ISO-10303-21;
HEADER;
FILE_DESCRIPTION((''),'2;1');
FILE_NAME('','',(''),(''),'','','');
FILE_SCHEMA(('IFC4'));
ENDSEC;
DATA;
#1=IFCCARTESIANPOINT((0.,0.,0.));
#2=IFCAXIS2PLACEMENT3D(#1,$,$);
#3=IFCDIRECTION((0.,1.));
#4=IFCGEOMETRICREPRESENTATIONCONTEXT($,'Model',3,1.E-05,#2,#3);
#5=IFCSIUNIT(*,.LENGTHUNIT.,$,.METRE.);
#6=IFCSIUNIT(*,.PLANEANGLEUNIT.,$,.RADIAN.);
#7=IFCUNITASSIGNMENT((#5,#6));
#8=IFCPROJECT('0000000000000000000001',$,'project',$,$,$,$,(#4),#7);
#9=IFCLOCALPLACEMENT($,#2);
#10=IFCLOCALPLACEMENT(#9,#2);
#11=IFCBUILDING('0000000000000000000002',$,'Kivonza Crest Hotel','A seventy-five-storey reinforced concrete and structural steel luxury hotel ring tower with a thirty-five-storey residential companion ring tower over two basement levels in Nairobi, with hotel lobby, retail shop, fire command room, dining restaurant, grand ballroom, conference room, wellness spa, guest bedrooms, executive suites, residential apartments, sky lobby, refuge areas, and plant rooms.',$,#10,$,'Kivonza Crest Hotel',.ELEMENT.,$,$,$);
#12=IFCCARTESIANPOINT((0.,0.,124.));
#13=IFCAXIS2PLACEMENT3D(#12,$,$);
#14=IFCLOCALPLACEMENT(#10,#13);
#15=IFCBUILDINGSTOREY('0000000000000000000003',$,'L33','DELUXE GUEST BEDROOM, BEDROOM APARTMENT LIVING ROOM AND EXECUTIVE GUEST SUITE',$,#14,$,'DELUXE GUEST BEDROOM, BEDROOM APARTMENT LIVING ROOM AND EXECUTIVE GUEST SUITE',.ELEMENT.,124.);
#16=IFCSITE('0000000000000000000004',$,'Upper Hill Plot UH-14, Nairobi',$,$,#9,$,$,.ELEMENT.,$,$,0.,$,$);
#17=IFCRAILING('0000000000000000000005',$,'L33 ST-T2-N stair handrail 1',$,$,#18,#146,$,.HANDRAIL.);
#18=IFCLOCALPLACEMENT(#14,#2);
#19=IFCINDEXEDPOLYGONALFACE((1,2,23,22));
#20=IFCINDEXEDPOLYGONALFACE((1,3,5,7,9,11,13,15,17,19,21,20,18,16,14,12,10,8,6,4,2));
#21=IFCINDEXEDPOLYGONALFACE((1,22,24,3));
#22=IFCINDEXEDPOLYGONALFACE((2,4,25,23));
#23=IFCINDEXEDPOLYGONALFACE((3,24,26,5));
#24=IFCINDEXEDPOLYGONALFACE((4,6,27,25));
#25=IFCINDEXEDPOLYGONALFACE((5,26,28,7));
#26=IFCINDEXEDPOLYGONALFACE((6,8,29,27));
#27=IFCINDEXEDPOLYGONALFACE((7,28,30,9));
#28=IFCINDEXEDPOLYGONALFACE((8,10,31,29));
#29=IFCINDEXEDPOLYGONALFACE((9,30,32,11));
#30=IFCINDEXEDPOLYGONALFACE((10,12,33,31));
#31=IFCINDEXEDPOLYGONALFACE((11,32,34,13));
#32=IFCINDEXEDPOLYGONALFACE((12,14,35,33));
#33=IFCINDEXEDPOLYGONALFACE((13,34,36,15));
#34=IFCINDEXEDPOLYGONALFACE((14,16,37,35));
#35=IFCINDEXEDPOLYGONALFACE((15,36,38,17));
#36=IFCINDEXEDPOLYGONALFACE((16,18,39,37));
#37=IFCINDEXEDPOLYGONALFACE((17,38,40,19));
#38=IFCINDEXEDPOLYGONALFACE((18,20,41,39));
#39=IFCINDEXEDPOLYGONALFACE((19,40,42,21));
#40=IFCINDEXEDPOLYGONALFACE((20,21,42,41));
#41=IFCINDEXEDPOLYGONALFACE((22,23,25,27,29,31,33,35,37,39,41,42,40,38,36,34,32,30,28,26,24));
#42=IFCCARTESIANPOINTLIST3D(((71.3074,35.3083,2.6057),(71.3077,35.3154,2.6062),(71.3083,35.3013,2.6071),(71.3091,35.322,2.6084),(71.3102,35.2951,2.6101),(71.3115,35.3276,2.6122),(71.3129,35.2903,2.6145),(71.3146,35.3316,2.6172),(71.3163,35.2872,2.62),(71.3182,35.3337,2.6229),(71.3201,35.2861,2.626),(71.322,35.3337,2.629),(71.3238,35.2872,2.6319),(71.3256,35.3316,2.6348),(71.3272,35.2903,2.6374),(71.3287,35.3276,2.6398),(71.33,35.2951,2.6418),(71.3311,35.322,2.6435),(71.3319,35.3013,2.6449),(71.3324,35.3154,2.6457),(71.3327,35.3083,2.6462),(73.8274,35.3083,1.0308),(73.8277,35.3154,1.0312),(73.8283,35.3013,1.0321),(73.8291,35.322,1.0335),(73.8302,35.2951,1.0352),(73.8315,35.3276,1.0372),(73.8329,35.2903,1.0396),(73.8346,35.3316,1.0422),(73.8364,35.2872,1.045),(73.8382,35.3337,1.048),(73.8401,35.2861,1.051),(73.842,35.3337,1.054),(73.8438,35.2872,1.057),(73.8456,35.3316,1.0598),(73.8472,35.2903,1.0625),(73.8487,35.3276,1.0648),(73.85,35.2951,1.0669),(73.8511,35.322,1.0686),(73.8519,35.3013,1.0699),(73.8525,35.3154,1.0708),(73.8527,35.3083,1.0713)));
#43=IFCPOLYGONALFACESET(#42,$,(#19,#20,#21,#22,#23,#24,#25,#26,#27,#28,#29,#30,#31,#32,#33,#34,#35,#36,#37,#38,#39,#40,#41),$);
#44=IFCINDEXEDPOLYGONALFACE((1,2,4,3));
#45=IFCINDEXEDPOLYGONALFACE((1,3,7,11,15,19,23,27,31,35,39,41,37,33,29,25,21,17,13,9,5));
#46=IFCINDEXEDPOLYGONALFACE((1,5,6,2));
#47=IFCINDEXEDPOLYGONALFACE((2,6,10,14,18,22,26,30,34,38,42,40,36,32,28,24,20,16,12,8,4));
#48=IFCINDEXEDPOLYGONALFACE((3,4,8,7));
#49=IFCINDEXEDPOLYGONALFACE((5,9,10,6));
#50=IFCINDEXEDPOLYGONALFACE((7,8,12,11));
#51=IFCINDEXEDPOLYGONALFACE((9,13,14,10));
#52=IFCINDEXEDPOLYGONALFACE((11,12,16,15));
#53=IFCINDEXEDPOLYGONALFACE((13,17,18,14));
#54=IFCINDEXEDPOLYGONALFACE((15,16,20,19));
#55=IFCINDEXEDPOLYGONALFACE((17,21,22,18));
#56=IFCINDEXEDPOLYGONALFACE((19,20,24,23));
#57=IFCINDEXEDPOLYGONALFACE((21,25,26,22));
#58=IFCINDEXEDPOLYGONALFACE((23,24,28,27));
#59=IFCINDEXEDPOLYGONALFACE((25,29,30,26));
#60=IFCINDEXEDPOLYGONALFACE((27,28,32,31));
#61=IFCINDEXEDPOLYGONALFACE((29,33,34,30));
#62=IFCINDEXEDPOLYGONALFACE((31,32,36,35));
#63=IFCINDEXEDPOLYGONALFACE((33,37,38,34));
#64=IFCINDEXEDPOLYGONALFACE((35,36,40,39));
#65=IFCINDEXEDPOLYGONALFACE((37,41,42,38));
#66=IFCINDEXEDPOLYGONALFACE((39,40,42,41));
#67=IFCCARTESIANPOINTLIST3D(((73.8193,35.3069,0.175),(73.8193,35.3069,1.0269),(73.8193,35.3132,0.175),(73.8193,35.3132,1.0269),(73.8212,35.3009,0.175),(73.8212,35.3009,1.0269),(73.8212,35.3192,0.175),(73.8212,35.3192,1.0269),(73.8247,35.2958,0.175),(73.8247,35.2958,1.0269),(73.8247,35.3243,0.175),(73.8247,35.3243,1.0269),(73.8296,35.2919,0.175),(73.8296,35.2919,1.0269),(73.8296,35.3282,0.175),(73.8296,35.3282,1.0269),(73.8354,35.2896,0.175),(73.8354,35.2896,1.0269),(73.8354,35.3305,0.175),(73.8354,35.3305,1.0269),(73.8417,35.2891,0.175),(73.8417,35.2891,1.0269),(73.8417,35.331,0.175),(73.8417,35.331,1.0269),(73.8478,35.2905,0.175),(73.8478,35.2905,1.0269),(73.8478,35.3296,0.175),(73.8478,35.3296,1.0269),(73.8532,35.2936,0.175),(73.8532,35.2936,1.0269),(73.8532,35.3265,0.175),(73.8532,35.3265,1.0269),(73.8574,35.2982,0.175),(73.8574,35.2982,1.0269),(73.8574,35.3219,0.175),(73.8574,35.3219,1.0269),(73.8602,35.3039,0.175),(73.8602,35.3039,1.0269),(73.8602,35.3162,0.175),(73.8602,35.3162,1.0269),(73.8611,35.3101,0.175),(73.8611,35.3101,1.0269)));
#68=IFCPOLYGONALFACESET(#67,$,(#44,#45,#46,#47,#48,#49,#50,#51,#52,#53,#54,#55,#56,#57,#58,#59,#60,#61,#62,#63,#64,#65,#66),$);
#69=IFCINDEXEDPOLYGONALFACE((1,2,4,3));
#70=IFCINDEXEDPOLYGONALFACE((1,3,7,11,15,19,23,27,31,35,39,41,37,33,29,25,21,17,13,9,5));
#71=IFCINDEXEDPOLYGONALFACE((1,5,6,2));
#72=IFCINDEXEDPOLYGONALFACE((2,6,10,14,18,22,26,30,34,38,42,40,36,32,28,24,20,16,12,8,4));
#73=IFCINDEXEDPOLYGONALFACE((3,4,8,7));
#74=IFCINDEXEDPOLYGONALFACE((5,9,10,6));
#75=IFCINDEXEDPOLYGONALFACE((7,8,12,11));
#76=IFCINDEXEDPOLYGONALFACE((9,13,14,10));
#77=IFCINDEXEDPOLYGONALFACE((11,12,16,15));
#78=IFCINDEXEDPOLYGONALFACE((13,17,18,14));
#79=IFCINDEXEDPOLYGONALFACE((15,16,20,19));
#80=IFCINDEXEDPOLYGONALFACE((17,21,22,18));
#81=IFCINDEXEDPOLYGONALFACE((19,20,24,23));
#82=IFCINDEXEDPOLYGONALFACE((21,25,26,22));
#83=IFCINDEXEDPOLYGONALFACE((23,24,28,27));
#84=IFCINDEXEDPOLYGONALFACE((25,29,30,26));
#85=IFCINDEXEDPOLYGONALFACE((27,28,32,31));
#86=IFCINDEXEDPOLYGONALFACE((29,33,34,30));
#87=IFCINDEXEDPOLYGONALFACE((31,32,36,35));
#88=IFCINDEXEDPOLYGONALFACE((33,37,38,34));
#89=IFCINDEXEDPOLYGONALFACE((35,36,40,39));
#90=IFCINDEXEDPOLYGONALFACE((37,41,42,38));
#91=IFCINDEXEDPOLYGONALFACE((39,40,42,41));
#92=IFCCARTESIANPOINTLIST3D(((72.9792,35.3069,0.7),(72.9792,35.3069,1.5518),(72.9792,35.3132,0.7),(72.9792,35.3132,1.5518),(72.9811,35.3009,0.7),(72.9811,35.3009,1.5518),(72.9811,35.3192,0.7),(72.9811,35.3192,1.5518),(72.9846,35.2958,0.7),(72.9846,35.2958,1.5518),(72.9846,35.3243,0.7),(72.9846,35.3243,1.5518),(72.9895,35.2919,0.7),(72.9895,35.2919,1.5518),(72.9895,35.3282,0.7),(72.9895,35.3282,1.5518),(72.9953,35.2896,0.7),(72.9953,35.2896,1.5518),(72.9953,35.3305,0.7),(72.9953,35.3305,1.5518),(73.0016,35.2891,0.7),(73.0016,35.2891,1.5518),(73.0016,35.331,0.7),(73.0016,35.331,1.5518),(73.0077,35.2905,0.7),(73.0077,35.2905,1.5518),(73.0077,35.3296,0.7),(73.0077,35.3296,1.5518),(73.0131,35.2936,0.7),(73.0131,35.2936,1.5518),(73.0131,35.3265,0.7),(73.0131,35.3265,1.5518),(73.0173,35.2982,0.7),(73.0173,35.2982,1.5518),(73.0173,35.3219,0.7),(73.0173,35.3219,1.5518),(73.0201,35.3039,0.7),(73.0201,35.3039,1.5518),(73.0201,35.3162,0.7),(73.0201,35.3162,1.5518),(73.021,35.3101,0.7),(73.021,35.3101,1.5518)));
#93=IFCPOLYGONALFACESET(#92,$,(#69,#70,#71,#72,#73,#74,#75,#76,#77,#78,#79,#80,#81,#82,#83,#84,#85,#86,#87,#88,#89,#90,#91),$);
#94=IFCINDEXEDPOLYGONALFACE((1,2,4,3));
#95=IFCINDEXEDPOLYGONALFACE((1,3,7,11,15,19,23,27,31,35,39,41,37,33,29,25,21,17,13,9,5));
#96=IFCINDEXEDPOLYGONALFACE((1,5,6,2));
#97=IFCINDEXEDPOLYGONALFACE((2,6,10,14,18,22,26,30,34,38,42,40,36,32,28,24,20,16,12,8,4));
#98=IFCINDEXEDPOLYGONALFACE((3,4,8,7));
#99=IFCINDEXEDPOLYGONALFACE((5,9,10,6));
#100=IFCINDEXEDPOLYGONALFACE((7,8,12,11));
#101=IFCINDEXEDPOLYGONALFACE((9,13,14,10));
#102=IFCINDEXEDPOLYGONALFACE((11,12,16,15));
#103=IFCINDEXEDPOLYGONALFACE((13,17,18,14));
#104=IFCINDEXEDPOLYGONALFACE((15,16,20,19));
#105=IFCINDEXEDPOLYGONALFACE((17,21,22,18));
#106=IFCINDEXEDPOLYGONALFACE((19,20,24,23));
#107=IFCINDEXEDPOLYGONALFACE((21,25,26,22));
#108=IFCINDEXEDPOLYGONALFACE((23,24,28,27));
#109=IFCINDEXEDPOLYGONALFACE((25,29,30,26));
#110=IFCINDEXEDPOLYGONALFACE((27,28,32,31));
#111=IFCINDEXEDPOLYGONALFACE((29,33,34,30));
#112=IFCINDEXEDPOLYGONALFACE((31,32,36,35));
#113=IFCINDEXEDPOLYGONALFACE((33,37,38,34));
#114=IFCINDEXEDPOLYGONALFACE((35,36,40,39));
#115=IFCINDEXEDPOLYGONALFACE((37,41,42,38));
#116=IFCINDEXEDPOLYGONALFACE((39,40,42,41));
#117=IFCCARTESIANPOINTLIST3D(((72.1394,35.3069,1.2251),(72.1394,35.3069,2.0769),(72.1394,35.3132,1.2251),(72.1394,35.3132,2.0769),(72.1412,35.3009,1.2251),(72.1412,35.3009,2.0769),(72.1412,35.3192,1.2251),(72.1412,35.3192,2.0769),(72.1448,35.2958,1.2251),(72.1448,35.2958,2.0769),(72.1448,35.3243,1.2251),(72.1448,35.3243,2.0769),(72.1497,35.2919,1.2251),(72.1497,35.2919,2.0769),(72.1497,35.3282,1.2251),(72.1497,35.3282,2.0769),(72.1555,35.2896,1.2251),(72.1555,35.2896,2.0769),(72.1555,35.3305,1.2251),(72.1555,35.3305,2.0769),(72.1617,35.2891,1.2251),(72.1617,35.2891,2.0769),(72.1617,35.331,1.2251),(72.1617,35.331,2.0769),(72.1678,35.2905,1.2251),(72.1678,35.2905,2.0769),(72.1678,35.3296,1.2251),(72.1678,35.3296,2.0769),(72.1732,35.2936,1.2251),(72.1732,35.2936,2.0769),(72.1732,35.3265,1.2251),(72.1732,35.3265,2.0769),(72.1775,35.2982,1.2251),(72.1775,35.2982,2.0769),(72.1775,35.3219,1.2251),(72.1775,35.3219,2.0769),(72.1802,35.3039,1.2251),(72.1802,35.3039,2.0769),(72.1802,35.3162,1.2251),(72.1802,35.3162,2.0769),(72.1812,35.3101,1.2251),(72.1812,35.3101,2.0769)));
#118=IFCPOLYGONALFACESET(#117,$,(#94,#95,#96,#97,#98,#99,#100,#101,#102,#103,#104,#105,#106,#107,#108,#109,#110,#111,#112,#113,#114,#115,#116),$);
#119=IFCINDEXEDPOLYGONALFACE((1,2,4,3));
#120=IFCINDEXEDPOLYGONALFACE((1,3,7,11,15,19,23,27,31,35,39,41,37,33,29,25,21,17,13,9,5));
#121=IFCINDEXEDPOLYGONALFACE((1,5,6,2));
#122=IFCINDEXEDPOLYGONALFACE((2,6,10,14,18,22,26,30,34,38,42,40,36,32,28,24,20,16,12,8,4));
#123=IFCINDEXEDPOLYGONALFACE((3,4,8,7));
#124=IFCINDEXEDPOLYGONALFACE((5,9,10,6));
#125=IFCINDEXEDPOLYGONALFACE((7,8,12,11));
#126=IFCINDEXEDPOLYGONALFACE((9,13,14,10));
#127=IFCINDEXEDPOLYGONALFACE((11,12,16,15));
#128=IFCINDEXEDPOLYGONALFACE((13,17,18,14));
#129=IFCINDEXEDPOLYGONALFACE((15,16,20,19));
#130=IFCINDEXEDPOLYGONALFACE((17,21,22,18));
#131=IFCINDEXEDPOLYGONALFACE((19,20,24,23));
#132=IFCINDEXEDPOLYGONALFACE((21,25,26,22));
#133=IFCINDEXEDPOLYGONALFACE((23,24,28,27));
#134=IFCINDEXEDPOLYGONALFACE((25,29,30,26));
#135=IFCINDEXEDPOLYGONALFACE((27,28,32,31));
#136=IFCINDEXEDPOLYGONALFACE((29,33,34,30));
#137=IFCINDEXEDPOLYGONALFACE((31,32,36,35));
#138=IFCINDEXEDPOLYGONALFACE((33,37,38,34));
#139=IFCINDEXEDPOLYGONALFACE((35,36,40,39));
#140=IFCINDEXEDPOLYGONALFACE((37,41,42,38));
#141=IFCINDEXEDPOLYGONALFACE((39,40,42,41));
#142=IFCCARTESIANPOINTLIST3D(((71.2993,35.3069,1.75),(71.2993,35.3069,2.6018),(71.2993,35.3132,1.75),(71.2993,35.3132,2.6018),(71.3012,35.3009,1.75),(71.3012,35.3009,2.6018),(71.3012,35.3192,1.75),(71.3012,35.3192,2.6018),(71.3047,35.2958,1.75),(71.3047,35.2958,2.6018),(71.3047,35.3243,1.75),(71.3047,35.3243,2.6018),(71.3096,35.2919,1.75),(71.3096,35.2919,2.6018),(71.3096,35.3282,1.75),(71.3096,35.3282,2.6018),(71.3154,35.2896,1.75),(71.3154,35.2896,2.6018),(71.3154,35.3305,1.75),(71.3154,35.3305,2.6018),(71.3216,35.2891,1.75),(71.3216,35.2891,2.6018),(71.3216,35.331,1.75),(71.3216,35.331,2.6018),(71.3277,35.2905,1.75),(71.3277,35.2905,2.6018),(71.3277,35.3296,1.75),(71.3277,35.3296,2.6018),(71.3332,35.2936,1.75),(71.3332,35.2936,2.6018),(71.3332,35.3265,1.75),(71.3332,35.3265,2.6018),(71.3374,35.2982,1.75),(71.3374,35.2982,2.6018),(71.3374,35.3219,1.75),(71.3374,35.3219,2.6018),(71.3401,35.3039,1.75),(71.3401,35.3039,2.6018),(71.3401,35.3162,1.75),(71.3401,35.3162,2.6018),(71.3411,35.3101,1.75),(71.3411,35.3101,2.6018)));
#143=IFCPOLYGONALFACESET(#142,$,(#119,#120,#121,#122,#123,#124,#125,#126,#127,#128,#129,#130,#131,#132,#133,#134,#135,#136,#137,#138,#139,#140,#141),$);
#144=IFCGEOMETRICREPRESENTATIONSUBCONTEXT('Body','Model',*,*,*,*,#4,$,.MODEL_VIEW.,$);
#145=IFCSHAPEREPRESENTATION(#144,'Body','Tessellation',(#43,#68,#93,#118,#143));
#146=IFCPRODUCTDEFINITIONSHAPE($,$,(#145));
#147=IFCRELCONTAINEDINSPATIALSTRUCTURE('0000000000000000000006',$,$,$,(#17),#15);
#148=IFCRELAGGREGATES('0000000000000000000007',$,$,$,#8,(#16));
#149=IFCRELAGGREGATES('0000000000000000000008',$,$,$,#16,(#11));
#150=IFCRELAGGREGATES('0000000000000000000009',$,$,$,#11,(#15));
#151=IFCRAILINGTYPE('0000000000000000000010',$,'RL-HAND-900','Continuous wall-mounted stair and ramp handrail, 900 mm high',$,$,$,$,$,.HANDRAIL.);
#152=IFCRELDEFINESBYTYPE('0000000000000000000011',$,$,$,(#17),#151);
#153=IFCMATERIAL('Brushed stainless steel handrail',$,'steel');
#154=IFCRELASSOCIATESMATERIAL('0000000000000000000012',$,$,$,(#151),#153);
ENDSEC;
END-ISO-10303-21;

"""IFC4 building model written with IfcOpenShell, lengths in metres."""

from ifc_helpers import new_model, si_unit, direction, frame, origin, origin_2d, place, context, subcontext, project, spatial, circle, extrude, material, type_object, element, save


model = new_model("IFC4")

# Units and contexts
model_context = context("Model", 3, precision=1e-05, world=origin(), true_north=direction((0.0, 1.0)))
body_context = subcontext(model_context, "Body", "Model", "MODEL_VIEW")
ifc_project = project(units=[si_unit("LENGTHUNIT", "METRE"), si_unit("PLANEANGLEUNIT", "RADIAN")], contexts=[model_context])

# Site, building, storey
site_placement = place(None, origin())
site = spatial("IfcSite", under=ifc_project, at=site_placement, Name="Upper Hill Plot UH-14, Nairobi", CompositionType="ELEMENT", RefElevation=0.0)
building_placement = place(site_placement, origin())
building = spatial("IfcBuilding", under=site, at=building_placement, Name="Kivonza Crest Hotel", Description="A seventy-five-storey reinforced concrete and structural steel luxury hotel ring tower with a thirty-five-storey residential companion ring tower over two basement levels in Nairobi, with hotel lobby, retail shop, fire command room, dining restaurant, grand ballroom, conference room, wellness spa, guest bedrooms, executive suites, residential apartments, sky lobby, refuge areas, and plant rooms.", LongName="Kivonza Crest Hotel", CompositionType="ELEMENT")
storey_placement = place(building_placement, frame((0.0, 0.0, 124.0)))
storey = spatial("IfcBuildingStorey", under=building, at=storey_placement, Name="L33", Description="DELUXE GUEST BEDROOM, BEDROOM APARTMENT LIVING ROOM AND EXECUTIVE GUEST SUITE", LongName="DELUXE GUEST BEDROOM, BEDROOM APARTMENT LIVING ROOM AND EXECUTIVE GUEST SUITE", CompositionType="ELEMENT", Elevation=124.0)

# Railing
ifc_material_1 = material(Name="Brushed stainless steel handrail", Category="steel")
railing_type_1 = type_object("IfcRailingType", Name="RL-HAND-900", Description="Continuous wall-mounted stair and ramp handrail, 900 mm high", PredefinedType="HANDRAIL", material=ifc_material_1)
railing_1_placement = place(storey_placement, frame((73.8401, 35.3101, 0.175)))
element("IfcRailing", 1, at=railing_1_placement, inside=storey, type_object=railing_type_1, Name="L33 ST-T2-N stair handrail 1", PredefinedType="HANDRAIL", context=body_context, shape_type="SweptSolid", body=[
    extrude(circle(Radius=0.0239, at=origin_2d()), frame((0.0, 0.0, 0.876), z_axis=(-0.848008, 0.0, 0.529984), x_axis=(0.0, -1.0, 0.0)), (0.0, 0.0, 1.0), 2.9717),
    extrude(circle(Radius=0.021, at=origin_2d()), origin(), (0.0, 0.0, 1.0), 0.8518),
    extrude(circle(Radius=0.021, at=origin_2d()), frame((-0.8401, 0.0, 0.5249)), (0.0, 0.0, 1.0), 0.8518),
    extrude(circle(Radius=0.021, at=origin_2d()), frame((-1.6799, 0.0, 1.05)), (0.0, 0.0, 1.0), 0.8518),
    extrude(circle(Radius=0.021, at=origin_2d()), frame((-2.52, 0.0, 1.575)), (0.0, 0.0, 1.0), 0.8518),
])

save(model, "model.ifc")
